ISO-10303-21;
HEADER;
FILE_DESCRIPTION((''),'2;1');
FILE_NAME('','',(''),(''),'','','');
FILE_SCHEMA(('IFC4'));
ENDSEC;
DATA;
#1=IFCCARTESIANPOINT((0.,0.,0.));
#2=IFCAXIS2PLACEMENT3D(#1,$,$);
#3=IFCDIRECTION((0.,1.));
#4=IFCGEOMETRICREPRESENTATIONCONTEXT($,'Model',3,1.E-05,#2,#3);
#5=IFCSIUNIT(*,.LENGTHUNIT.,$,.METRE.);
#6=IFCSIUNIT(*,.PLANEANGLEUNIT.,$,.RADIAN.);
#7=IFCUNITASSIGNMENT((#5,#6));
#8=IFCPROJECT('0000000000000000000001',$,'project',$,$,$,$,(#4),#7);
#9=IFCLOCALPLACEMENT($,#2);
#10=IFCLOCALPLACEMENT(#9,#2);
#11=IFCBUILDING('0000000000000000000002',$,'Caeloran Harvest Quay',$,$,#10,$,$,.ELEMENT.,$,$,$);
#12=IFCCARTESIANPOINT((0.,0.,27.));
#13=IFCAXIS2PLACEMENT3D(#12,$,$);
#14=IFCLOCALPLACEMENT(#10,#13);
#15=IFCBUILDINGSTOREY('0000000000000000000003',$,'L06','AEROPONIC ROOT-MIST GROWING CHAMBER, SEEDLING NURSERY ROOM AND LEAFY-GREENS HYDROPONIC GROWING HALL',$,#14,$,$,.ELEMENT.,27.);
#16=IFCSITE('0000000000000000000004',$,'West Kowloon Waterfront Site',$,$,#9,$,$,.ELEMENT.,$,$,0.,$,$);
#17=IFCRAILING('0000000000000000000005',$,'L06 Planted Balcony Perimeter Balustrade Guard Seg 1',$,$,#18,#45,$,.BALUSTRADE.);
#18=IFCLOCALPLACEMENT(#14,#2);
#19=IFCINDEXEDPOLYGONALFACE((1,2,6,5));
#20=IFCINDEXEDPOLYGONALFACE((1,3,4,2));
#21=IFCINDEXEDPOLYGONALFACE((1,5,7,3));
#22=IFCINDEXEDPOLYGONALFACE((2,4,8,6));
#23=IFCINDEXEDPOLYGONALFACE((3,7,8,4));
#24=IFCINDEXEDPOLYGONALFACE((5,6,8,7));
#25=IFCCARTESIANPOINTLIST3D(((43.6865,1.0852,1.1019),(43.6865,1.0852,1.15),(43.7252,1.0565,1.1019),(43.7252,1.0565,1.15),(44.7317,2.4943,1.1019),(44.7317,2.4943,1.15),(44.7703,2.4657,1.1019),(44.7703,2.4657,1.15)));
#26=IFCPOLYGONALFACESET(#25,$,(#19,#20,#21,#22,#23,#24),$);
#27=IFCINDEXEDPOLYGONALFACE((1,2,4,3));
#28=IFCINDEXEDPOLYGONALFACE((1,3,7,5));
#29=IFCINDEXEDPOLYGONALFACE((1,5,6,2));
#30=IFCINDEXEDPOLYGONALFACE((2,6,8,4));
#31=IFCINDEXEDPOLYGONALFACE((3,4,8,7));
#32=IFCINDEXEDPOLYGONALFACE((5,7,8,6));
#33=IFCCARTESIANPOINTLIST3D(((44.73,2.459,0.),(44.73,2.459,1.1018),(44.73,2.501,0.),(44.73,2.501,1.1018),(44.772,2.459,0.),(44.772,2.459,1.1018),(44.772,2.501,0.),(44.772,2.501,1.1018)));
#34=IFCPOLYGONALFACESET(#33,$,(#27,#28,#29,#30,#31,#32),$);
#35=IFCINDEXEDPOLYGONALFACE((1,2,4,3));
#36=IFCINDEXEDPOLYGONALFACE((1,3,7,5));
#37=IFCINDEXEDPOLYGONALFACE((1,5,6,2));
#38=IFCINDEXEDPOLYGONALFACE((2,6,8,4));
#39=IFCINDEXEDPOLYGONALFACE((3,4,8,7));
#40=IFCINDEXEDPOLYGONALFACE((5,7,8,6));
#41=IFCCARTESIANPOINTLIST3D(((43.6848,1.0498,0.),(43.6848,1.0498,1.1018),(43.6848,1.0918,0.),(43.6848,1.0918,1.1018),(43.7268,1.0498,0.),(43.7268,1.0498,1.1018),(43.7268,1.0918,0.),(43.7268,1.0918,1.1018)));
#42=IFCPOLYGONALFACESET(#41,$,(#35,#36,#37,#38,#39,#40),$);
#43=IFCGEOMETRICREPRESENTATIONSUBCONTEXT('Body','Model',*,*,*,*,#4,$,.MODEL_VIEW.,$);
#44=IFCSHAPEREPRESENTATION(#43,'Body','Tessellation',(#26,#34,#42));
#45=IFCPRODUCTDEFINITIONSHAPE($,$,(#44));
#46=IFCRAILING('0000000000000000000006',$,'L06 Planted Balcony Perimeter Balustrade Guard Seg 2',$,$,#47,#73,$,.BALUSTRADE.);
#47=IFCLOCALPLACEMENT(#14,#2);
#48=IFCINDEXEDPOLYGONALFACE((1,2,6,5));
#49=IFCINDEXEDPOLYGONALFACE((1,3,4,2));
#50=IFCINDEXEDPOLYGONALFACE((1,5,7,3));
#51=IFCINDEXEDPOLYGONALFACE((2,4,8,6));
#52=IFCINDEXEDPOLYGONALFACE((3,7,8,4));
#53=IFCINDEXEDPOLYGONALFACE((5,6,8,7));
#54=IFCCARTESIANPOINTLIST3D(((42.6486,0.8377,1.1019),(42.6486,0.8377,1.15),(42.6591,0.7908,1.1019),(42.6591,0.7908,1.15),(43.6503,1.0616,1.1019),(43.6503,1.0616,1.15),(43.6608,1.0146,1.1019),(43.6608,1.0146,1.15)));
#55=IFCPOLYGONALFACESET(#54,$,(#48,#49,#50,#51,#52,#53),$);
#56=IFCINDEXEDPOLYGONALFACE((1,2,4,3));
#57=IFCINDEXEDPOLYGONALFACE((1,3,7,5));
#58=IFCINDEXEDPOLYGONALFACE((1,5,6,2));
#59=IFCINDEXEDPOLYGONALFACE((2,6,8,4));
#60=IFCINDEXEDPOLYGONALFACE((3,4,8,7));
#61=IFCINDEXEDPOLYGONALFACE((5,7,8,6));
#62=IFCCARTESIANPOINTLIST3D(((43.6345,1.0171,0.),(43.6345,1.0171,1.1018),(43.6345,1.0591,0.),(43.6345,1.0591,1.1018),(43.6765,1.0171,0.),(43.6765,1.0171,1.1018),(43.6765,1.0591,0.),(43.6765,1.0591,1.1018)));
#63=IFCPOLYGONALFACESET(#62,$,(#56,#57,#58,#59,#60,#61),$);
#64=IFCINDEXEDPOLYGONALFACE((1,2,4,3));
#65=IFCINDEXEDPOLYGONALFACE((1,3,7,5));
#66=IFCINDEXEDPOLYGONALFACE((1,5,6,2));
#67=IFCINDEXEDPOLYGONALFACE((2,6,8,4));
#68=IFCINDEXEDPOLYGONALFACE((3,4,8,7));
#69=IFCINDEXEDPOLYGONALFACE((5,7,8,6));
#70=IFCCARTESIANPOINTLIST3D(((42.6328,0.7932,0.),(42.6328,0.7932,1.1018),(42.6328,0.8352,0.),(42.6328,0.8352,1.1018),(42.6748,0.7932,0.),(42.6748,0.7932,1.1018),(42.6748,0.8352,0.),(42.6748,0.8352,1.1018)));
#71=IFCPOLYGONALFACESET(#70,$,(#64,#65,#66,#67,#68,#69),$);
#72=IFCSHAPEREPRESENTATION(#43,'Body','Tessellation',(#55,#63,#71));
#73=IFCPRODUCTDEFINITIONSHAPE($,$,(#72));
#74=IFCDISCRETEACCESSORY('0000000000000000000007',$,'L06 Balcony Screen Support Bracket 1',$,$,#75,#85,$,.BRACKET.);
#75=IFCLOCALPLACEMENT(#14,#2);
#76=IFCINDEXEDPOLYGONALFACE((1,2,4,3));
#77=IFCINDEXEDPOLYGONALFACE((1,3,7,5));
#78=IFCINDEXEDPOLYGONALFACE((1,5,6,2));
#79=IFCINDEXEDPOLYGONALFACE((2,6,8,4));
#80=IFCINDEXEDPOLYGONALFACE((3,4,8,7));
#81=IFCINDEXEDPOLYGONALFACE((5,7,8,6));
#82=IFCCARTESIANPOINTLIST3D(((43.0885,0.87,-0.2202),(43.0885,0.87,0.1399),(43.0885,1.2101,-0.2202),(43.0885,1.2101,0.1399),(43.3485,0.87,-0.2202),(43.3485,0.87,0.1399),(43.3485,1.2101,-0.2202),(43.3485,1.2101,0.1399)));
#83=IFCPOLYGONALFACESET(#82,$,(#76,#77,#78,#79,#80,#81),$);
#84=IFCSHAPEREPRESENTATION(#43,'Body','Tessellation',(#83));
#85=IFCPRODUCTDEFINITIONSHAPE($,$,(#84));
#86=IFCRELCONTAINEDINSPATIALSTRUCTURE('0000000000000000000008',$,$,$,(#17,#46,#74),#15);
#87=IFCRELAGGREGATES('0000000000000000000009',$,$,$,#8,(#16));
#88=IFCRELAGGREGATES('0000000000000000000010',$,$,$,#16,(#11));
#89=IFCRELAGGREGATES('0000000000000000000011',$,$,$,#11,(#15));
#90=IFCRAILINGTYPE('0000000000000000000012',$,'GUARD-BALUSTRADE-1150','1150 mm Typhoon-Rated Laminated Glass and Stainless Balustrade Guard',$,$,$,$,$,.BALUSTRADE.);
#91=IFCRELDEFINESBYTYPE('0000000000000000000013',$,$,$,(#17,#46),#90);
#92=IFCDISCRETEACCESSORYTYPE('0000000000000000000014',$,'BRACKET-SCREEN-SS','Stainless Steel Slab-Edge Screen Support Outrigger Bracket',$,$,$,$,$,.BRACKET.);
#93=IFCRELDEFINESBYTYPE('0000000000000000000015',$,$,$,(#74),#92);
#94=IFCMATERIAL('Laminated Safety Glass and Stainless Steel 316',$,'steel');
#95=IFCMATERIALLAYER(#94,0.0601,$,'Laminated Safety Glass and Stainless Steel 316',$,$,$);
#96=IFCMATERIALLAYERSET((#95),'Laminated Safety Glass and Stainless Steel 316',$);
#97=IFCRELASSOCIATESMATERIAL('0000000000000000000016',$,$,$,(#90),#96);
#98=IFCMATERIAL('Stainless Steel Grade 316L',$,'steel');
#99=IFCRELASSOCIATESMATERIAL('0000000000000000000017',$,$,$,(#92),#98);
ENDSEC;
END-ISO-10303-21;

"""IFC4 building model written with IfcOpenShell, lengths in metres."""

from ifc_helpers import new_model, si_unit, direction, frame, origin, origin_2d, place, context, subcontext, project, spatial, rectangle, extrude, material, layer, layer_set, type_object, element, save


model = new_model("IFC4")

# Units and contexts
model_context = context("Model", 3, precision=1e-05, world=origin(), true_north=direction((0.0, 1.0)))
body_context = subcontext(model_context, "Body", "Model", "MODEL_VIEW")
ifc_project = project(units=[si_unit("LENGTHUNIT", "METRE"), si_unit("PLANEANGLEUNIT", "RADIAN")], contexts=[model_context])

# Site, building, storey
site_placement = place(None, origin())
site = spatial("IfcSite", under=ifc_project, at=site_placement, Name="West Kowloon Waterfront Site", CompositionType="ELEMENT", RefElevation=0.0)
building_placement = place(site_placement, origin())
building = spatial("IfcBuilding", under=site, at=building_placement, Name="Caeloran Harvest Quay", CompositionType="ELEMENT")
storey_placement = place(building_placement, frame((0.0, 0.0, 27.0)))
storey = spatial("IfcBuildingStorey", under=building, at=storey_placement, Name="L06", Description="AEROPONIC ROOT-MIST GROWING CHAMBER, SEEDLING NURSERY ROOM AND LEAFY-GREENS HYDROPONIC GROWING HALL", CompositionType="ELEMENT", Elevation=27.0)

# Railings
ifc_material_1 = material(Name="Laminated Safety Glass and Stainless Steel 316", Category="steel")
ifc_layer_1 = layer(ifc_material_1, 0.0601, Name="Laminated Safety Glass and Stainless Steel 316")
ifc_layer_set_1 = layer_set([ifc_layer_1], Name="Laminated Safety Glass and Stainless Steel 316")
railing_type = type_object("IfcRailingType", Name="GUARD-BALUSTRADE-1150", Description="1150 mm Typhoon-Rated Laminated Glass and Stainless Balustrade Guard", PredefinedType="BALUSTRADE", material=ifc_layer_set_1)
railing_1_placement = place(storey_placement, frame((44.751, 2.48, 0.0)))
element("IfcRailing", 1, at=railing_1_placement, inside=storey, type_object=railing_type, Name="L06 Planted Balcony Perimeter Balustrade Guard Seg 1", PredefinedType="BALUSTRADE", context=body_context, shape_type="SweptSolid", body=[
    extrude(rectangle(XDim=0.0481, YDim=0.0481, at=origin_2d()), frame((0.0, 0.0, 1.126), z_axis=(-0.595717, -0.803195, 0.0), x_axis=(0.803195, -0.595717, 0.0)), (0.0, 0.0, 1.0), 1.7544),
    extrude(rectangle(XDim=0.042, YDim=0.042, at=origin_2d()), origin(), (0.0, 0.0, 1.0), 1.1018),
    extrude(rectangle(XDim=0.042, YDim=0.042, at=origin_2d()), frame((-1.0452, -1.4092, 0.0)), (0.0, 0.0, 1.0), 1.1018),
])
railing_2_placement = place(storey_placement, frame((43.6555, 1.0381, 0.0)))
element("IfcRailing", 2, at=railing_2_placement, inside=storey, type_object=railing_type, Name="L06 Planted Balcony Perimeter Balustrade Guard Seg 2", PredefinedType="BALUSTRADE", context=body_context, shape_type="SweptSolid", body=[
    extrude(rectangle(XDim=0.0481, YDim=0.0481, at=origin_2d()), frame((0.0, 0.0, 1.126), z_axis=(-0.975923, -0.218114, 0.0), x_axis=(0.218114, -0.975923, 0.0)), (0.0, 0.0, 1.0), 1.0264),
    extrude(rectangle(XDim=0.042, YDim=0.042, at=origin_2d()), origin(), (0.0, 0.0, 1.0), 1.1018),
    extrude(rectangle(XDim=0.042, YDim=0.042, at=origin_2d()), frame((-1.0017, -0.2239, 0.0)), (0.0, 0.0, 1.0), 1.1018),
])

# Discrete accessory
ifc_material_2 = material(Name="Stainless Steel Grade 316L", Category="steel")
discrete_accessory_type = type_object("IfcDiscreteAccessoryType", Name="BRACKET-SCREEN-SS", Description="Stainless Steel Slab-Edge Screen Support Outrigger Bracket", PredefinedType="BRACKET", material=ifc_material_2)
discrete_accessory_placement = place(storey_placement, frame((43.2185, 1.04, -0.2202), z_axis=(0.0, 0.0, 1.0), x_axis=(1.0, 0.0, 0.0)))
element("IfcDiscreteAccessory", 3, at=discrete_accessory_placement, inside=storey, type_object=discrete_accessory_type, Name="L06 Balcony Screen Support Bracket 1", PredefinedType="BRACKET", context=body_context, shape_type="SweptSolid", body=[
    extrude(rectangle(XDim=0.26, YDim=0.3401, at=origin_2d()), origin(), (0.0, 0.0, 1.0), 0.3601),
])

save(model, "model.ifc")
